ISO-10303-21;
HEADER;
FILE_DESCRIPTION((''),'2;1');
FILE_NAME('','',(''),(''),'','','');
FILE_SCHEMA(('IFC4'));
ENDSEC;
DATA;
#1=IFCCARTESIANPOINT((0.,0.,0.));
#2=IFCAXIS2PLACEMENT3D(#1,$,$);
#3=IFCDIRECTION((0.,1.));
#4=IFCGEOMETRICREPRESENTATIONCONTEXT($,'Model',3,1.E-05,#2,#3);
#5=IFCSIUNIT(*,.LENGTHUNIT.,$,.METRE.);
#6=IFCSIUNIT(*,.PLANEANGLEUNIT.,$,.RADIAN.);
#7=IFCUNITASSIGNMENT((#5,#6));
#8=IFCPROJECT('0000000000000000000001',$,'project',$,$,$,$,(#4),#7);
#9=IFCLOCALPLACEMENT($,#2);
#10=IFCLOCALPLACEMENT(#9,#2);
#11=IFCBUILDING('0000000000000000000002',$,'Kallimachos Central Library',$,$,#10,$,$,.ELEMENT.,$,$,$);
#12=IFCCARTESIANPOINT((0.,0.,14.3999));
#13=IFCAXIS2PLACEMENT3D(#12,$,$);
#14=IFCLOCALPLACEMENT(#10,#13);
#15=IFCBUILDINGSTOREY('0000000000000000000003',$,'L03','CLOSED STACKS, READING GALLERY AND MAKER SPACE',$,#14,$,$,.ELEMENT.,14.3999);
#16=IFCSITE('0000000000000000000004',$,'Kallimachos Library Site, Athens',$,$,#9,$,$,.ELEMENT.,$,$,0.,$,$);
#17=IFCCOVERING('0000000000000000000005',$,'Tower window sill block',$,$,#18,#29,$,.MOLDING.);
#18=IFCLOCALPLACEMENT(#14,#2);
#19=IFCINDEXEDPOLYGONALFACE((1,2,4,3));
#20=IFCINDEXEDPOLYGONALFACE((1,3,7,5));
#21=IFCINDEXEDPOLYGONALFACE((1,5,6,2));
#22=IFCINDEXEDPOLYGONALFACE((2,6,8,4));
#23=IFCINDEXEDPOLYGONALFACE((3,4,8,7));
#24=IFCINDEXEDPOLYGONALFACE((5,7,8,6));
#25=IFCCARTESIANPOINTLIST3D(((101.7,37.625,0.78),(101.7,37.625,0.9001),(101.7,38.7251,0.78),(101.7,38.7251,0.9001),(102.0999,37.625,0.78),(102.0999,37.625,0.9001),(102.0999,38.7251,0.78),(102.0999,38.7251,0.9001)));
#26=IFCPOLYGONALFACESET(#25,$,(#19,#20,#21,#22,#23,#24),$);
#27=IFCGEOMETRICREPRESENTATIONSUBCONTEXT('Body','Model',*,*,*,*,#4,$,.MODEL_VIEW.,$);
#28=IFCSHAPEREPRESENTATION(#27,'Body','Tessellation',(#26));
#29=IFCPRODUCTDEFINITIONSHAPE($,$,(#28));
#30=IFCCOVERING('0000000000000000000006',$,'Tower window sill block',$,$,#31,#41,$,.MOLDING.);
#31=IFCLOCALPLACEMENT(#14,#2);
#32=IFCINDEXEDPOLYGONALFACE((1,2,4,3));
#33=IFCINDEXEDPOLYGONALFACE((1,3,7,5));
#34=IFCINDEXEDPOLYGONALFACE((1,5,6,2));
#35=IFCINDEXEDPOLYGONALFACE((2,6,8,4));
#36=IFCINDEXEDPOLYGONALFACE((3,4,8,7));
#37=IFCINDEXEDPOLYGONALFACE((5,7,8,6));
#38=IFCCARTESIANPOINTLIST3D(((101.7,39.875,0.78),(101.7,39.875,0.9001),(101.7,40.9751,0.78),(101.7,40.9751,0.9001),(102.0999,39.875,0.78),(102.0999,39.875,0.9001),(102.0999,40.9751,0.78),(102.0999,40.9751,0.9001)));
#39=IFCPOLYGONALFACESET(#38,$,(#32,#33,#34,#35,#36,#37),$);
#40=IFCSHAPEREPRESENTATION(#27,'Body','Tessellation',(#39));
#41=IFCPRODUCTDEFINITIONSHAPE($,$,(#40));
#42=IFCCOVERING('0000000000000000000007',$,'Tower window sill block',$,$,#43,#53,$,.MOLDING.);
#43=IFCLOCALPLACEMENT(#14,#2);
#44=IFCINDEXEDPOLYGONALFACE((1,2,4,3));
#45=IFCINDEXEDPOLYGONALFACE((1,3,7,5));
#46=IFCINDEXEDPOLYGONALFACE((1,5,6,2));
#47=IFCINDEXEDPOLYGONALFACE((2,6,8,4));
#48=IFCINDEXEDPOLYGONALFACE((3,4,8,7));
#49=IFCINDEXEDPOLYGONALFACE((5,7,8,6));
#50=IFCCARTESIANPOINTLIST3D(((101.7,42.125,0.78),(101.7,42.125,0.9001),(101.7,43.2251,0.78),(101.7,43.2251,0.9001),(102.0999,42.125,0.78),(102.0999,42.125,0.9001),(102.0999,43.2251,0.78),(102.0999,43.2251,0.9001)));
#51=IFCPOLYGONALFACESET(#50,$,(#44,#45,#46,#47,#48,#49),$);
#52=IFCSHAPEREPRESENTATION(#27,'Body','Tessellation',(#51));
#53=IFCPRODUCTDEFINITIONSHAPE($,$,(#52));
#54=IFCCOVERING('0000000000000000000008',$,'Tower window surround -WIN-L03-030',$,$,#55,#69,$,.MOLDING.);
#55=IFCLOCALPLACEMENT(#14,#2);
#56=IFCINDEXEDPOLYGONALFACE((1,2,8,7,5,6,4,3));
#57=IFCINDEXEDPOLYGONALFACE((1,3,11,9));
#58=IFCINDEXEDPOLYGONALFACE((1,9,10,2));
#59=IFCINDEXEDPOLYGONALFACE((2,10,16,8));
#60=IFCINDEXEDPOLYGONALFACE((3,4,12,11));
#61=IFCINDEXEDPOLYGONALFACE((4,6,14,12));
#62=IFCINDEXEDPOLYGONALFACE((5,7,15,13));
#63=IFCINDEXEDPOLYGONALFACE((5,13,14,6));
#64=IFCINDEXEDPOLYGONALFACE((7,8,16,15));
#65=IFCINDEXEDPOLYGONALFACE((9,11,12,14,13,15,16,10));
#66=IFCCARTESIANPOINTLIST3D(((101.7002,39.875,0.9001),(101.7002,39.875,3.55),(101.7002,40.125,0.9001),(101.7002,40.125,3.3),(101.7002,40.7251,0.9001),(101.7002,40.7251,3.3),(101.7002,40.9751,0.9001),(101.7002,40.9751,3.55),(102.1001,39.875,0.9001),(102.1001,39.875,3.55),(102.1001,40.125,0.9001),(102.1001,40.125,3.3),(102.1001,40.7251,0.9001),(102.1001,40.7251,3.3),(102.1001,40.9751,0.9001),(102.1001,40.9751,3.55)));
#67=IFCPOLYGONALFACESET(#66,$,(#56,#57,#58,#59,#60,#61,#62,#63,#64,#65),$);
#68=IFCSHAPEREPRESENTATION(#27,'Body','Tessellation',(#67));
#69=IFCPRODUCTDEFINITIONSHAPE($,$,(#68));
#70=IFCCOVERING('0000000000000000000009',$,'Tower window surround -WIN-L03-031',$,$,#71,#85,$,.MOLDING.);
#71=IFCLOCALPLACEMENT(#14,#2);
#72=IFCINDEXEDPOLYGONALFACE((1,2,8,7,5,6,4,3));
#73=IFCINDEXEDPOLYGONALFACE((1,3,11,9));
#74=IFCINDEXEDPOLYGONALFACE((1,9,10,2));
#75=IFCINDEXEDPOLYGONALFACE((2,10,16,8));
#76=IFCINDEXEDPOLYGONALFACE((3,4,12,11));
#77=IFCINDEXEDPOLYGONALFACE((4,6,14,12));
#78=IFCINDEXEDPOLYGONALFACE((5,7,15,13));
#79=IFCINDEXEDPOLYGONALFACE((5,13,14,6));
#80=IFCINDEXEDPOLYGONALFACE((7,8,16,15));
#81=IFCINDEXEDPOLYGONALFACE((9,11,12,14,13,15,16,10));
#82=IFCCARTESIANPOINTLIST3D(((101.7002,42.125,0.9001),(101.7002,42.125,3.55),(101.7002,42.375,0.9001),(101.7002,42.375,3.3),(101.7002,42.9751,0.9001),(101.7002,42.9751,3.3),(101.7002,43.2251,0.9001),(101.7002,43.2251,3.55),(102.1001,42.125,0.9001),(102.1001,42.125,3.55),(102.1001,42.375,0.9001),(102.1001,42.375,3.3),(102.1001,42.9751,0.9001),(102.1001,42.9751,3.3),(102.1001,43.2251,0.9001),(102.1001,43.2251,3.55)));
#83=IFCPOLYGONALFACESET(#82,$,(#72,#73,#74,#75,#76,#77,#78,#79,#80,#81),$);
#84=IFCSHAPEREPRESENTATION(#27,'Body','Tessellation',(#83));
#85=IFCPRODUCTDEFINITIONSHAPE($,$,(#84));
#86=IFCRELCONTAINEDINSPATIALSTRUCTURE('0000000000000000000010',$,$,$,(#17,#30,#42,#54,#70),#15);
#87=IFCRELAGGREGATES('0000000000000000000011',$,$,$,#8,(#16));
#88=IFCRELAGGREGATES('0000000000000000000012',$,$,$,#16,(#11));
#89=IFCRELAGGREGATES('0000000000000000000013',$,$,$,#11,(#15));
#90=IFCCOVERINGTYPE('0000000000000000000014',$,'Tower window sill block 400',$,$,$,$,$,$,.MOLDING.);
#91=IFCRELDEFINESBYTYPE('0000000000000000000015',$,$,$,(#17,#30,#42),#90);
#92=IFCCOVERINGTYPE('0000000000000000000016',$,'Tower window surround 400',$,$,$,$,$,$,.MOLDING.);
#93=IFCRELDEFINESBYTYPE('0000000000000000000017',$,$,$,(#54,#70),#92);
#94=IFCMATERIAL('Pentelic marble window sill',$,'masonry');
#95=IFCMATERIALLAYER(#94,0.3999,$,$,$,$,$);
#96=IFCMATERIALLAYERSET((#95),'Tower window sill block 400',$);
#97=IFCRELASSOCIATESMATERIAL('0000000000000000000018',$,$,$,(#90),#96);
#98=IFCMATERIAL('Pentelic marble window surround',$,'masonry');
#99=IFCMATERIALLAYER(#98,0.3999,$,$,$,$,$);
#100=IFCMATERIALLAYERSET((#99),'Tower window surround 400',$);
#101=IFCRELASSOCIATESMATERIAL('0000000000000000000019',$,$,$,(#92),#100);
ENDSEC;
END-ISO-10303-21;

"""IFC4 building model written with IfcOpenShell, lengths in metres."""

from ifc_helpers import new_model, si_unit, direction, frame, origin, origin_2d, place, context, subcontext, project, spatial, polyline, rectangle, outline, extrude, material, layer, layer_set, type_object, element, save


model = new_model("IFC4")

# Units and contexts
model_context = context("Model", 3, precision=1e-05, world=origin(), true_north=direction((0.0, 1.0)))
body_context = subcontext(model_context, "Body", "Model", "MODEL_VIEW")
ifc_project = project(units=[si_unit("LENGTHUNIT", "METRE"), si_unit("PLANEANGLEUNIT", "RADIAN")], contexts=[model_context])

# Site, building, storey
site_placement = place(None, origin())
site = spatial("IfcSite", under=ifc_project, at=site_placement, Name="Kallimachos Library Site, Athens", CompositionType="ELEMENT", RefElevation=0.0)
building_placement = place(site_placement, origin())
building = spatial("IfcBuilding", under=site, at=building_placement, Name="Kallimachos Central Library", CompositionType="ELEMENT")
storey_placement = place(building_placement, frame((0.0, 0.0, 14.3999)))
storey = spatial("IfcBuildingStorey", under=building, at=storey_placement, Name="L03", Description="CLOSED STACKS, READING GALLERY AND MAKER SPACE", CompositionType="ELEMENT", Elevation=14.3999)

# Coverings
ifc_material_1 = material(Name="Pentelic marble window sill", Category="masonry")
ifc_layer_1 = layer(ifc_material_1, 0.3999)
ifc_layer_set_1 = layer_set([ifc_layer_1], Name="Tower window sill block 400")
covering_type_1 = type_object("IfcCoveringType", Name="Tower window sill block 400", PredefinedType="MOLDING", material=ifc_layer_set_1)
for number, where, z_axis, x_axis, name in (
    (1, (101.8999, 38.175, 0.78), (0.0, 0.0, 1.0), (1.0, 0.0, 0.0), "Tower window sill block"),
    (2, (101.8999, 40.425, 0.78), (0.0, 0.0, 1.0), (1.0, 0.0, 0.0), "Tower window sill block"),
    (3, (101.8999, 42.675, 0.78), (0.0, 0.0, 1.0), (1.0, 0.0, 0.0), "Tower window sill block"),
):
    element("IfcCovering", number, at=place(storey_placement, frame(where, z_axis=z_axis, x_axis=x_axis)), inside=storey, type_object=covering_type_1, Name=name, PredefinedType="MOLDING", context=body_context, shape_type="SweptSolid", body=[
        extrude(rectangle(XDim=0.3999, YDim=1.1001, at=origin_2d()), origin(), (0.0, 0.0, 1.0), 0.1201),
    ])
ifc_material_2 = material(Name="Pentelic marble window surround", Category="masonry")
ifc_layer_2 = layer(ifc_material_2, 0.3999)
ifc_layer_set_2 = layer_set([ifc_layer_2], Name="Tower window surround 400")
covering_type_2 = type_object("IfcCoveringType", Name="Tower window surround 400", PredefinedType="MOLDING", material=ifc_layer_set_2)
for number, where, z_axis, x_axis, name in (
    (4, (102.1001, 40.125, 0.9001), (1.0, 0.0, 0.0), (0.0, 0.0, 1.0), "Tower window surround -WIN-L03-030"),
    (5, (102.1001, 42.375, 0.9001), (1.0, 0.0, 0.0), (0.0, 0.0, 1.0), "Tower window surround -WIN-L03-031"),
):
    element("IfcCovering", number, at=place(storey_placement, frame(where, z_axis=z_axis, x_axis=x_axis)), inside=storey, type_object=covering_type_2, Name=name, PredefinedType="MOLDING", context=body_context, shape_type="SweptSolid", body=[
        extrude(outline(polyline([(0.0, 0.0), (2.3999, 0.0), (2.3999, -0.6001), (0.0, -0.6001), (0.0, -0.8501), (2.6499, -0.8501), (2.6499, 0.25), (0.0, 0.25), (0.0, 0.0)])), origin(), (0.0, 0.0, -1.0), 0.3999),
    ])

save(model, "model.ifc")
